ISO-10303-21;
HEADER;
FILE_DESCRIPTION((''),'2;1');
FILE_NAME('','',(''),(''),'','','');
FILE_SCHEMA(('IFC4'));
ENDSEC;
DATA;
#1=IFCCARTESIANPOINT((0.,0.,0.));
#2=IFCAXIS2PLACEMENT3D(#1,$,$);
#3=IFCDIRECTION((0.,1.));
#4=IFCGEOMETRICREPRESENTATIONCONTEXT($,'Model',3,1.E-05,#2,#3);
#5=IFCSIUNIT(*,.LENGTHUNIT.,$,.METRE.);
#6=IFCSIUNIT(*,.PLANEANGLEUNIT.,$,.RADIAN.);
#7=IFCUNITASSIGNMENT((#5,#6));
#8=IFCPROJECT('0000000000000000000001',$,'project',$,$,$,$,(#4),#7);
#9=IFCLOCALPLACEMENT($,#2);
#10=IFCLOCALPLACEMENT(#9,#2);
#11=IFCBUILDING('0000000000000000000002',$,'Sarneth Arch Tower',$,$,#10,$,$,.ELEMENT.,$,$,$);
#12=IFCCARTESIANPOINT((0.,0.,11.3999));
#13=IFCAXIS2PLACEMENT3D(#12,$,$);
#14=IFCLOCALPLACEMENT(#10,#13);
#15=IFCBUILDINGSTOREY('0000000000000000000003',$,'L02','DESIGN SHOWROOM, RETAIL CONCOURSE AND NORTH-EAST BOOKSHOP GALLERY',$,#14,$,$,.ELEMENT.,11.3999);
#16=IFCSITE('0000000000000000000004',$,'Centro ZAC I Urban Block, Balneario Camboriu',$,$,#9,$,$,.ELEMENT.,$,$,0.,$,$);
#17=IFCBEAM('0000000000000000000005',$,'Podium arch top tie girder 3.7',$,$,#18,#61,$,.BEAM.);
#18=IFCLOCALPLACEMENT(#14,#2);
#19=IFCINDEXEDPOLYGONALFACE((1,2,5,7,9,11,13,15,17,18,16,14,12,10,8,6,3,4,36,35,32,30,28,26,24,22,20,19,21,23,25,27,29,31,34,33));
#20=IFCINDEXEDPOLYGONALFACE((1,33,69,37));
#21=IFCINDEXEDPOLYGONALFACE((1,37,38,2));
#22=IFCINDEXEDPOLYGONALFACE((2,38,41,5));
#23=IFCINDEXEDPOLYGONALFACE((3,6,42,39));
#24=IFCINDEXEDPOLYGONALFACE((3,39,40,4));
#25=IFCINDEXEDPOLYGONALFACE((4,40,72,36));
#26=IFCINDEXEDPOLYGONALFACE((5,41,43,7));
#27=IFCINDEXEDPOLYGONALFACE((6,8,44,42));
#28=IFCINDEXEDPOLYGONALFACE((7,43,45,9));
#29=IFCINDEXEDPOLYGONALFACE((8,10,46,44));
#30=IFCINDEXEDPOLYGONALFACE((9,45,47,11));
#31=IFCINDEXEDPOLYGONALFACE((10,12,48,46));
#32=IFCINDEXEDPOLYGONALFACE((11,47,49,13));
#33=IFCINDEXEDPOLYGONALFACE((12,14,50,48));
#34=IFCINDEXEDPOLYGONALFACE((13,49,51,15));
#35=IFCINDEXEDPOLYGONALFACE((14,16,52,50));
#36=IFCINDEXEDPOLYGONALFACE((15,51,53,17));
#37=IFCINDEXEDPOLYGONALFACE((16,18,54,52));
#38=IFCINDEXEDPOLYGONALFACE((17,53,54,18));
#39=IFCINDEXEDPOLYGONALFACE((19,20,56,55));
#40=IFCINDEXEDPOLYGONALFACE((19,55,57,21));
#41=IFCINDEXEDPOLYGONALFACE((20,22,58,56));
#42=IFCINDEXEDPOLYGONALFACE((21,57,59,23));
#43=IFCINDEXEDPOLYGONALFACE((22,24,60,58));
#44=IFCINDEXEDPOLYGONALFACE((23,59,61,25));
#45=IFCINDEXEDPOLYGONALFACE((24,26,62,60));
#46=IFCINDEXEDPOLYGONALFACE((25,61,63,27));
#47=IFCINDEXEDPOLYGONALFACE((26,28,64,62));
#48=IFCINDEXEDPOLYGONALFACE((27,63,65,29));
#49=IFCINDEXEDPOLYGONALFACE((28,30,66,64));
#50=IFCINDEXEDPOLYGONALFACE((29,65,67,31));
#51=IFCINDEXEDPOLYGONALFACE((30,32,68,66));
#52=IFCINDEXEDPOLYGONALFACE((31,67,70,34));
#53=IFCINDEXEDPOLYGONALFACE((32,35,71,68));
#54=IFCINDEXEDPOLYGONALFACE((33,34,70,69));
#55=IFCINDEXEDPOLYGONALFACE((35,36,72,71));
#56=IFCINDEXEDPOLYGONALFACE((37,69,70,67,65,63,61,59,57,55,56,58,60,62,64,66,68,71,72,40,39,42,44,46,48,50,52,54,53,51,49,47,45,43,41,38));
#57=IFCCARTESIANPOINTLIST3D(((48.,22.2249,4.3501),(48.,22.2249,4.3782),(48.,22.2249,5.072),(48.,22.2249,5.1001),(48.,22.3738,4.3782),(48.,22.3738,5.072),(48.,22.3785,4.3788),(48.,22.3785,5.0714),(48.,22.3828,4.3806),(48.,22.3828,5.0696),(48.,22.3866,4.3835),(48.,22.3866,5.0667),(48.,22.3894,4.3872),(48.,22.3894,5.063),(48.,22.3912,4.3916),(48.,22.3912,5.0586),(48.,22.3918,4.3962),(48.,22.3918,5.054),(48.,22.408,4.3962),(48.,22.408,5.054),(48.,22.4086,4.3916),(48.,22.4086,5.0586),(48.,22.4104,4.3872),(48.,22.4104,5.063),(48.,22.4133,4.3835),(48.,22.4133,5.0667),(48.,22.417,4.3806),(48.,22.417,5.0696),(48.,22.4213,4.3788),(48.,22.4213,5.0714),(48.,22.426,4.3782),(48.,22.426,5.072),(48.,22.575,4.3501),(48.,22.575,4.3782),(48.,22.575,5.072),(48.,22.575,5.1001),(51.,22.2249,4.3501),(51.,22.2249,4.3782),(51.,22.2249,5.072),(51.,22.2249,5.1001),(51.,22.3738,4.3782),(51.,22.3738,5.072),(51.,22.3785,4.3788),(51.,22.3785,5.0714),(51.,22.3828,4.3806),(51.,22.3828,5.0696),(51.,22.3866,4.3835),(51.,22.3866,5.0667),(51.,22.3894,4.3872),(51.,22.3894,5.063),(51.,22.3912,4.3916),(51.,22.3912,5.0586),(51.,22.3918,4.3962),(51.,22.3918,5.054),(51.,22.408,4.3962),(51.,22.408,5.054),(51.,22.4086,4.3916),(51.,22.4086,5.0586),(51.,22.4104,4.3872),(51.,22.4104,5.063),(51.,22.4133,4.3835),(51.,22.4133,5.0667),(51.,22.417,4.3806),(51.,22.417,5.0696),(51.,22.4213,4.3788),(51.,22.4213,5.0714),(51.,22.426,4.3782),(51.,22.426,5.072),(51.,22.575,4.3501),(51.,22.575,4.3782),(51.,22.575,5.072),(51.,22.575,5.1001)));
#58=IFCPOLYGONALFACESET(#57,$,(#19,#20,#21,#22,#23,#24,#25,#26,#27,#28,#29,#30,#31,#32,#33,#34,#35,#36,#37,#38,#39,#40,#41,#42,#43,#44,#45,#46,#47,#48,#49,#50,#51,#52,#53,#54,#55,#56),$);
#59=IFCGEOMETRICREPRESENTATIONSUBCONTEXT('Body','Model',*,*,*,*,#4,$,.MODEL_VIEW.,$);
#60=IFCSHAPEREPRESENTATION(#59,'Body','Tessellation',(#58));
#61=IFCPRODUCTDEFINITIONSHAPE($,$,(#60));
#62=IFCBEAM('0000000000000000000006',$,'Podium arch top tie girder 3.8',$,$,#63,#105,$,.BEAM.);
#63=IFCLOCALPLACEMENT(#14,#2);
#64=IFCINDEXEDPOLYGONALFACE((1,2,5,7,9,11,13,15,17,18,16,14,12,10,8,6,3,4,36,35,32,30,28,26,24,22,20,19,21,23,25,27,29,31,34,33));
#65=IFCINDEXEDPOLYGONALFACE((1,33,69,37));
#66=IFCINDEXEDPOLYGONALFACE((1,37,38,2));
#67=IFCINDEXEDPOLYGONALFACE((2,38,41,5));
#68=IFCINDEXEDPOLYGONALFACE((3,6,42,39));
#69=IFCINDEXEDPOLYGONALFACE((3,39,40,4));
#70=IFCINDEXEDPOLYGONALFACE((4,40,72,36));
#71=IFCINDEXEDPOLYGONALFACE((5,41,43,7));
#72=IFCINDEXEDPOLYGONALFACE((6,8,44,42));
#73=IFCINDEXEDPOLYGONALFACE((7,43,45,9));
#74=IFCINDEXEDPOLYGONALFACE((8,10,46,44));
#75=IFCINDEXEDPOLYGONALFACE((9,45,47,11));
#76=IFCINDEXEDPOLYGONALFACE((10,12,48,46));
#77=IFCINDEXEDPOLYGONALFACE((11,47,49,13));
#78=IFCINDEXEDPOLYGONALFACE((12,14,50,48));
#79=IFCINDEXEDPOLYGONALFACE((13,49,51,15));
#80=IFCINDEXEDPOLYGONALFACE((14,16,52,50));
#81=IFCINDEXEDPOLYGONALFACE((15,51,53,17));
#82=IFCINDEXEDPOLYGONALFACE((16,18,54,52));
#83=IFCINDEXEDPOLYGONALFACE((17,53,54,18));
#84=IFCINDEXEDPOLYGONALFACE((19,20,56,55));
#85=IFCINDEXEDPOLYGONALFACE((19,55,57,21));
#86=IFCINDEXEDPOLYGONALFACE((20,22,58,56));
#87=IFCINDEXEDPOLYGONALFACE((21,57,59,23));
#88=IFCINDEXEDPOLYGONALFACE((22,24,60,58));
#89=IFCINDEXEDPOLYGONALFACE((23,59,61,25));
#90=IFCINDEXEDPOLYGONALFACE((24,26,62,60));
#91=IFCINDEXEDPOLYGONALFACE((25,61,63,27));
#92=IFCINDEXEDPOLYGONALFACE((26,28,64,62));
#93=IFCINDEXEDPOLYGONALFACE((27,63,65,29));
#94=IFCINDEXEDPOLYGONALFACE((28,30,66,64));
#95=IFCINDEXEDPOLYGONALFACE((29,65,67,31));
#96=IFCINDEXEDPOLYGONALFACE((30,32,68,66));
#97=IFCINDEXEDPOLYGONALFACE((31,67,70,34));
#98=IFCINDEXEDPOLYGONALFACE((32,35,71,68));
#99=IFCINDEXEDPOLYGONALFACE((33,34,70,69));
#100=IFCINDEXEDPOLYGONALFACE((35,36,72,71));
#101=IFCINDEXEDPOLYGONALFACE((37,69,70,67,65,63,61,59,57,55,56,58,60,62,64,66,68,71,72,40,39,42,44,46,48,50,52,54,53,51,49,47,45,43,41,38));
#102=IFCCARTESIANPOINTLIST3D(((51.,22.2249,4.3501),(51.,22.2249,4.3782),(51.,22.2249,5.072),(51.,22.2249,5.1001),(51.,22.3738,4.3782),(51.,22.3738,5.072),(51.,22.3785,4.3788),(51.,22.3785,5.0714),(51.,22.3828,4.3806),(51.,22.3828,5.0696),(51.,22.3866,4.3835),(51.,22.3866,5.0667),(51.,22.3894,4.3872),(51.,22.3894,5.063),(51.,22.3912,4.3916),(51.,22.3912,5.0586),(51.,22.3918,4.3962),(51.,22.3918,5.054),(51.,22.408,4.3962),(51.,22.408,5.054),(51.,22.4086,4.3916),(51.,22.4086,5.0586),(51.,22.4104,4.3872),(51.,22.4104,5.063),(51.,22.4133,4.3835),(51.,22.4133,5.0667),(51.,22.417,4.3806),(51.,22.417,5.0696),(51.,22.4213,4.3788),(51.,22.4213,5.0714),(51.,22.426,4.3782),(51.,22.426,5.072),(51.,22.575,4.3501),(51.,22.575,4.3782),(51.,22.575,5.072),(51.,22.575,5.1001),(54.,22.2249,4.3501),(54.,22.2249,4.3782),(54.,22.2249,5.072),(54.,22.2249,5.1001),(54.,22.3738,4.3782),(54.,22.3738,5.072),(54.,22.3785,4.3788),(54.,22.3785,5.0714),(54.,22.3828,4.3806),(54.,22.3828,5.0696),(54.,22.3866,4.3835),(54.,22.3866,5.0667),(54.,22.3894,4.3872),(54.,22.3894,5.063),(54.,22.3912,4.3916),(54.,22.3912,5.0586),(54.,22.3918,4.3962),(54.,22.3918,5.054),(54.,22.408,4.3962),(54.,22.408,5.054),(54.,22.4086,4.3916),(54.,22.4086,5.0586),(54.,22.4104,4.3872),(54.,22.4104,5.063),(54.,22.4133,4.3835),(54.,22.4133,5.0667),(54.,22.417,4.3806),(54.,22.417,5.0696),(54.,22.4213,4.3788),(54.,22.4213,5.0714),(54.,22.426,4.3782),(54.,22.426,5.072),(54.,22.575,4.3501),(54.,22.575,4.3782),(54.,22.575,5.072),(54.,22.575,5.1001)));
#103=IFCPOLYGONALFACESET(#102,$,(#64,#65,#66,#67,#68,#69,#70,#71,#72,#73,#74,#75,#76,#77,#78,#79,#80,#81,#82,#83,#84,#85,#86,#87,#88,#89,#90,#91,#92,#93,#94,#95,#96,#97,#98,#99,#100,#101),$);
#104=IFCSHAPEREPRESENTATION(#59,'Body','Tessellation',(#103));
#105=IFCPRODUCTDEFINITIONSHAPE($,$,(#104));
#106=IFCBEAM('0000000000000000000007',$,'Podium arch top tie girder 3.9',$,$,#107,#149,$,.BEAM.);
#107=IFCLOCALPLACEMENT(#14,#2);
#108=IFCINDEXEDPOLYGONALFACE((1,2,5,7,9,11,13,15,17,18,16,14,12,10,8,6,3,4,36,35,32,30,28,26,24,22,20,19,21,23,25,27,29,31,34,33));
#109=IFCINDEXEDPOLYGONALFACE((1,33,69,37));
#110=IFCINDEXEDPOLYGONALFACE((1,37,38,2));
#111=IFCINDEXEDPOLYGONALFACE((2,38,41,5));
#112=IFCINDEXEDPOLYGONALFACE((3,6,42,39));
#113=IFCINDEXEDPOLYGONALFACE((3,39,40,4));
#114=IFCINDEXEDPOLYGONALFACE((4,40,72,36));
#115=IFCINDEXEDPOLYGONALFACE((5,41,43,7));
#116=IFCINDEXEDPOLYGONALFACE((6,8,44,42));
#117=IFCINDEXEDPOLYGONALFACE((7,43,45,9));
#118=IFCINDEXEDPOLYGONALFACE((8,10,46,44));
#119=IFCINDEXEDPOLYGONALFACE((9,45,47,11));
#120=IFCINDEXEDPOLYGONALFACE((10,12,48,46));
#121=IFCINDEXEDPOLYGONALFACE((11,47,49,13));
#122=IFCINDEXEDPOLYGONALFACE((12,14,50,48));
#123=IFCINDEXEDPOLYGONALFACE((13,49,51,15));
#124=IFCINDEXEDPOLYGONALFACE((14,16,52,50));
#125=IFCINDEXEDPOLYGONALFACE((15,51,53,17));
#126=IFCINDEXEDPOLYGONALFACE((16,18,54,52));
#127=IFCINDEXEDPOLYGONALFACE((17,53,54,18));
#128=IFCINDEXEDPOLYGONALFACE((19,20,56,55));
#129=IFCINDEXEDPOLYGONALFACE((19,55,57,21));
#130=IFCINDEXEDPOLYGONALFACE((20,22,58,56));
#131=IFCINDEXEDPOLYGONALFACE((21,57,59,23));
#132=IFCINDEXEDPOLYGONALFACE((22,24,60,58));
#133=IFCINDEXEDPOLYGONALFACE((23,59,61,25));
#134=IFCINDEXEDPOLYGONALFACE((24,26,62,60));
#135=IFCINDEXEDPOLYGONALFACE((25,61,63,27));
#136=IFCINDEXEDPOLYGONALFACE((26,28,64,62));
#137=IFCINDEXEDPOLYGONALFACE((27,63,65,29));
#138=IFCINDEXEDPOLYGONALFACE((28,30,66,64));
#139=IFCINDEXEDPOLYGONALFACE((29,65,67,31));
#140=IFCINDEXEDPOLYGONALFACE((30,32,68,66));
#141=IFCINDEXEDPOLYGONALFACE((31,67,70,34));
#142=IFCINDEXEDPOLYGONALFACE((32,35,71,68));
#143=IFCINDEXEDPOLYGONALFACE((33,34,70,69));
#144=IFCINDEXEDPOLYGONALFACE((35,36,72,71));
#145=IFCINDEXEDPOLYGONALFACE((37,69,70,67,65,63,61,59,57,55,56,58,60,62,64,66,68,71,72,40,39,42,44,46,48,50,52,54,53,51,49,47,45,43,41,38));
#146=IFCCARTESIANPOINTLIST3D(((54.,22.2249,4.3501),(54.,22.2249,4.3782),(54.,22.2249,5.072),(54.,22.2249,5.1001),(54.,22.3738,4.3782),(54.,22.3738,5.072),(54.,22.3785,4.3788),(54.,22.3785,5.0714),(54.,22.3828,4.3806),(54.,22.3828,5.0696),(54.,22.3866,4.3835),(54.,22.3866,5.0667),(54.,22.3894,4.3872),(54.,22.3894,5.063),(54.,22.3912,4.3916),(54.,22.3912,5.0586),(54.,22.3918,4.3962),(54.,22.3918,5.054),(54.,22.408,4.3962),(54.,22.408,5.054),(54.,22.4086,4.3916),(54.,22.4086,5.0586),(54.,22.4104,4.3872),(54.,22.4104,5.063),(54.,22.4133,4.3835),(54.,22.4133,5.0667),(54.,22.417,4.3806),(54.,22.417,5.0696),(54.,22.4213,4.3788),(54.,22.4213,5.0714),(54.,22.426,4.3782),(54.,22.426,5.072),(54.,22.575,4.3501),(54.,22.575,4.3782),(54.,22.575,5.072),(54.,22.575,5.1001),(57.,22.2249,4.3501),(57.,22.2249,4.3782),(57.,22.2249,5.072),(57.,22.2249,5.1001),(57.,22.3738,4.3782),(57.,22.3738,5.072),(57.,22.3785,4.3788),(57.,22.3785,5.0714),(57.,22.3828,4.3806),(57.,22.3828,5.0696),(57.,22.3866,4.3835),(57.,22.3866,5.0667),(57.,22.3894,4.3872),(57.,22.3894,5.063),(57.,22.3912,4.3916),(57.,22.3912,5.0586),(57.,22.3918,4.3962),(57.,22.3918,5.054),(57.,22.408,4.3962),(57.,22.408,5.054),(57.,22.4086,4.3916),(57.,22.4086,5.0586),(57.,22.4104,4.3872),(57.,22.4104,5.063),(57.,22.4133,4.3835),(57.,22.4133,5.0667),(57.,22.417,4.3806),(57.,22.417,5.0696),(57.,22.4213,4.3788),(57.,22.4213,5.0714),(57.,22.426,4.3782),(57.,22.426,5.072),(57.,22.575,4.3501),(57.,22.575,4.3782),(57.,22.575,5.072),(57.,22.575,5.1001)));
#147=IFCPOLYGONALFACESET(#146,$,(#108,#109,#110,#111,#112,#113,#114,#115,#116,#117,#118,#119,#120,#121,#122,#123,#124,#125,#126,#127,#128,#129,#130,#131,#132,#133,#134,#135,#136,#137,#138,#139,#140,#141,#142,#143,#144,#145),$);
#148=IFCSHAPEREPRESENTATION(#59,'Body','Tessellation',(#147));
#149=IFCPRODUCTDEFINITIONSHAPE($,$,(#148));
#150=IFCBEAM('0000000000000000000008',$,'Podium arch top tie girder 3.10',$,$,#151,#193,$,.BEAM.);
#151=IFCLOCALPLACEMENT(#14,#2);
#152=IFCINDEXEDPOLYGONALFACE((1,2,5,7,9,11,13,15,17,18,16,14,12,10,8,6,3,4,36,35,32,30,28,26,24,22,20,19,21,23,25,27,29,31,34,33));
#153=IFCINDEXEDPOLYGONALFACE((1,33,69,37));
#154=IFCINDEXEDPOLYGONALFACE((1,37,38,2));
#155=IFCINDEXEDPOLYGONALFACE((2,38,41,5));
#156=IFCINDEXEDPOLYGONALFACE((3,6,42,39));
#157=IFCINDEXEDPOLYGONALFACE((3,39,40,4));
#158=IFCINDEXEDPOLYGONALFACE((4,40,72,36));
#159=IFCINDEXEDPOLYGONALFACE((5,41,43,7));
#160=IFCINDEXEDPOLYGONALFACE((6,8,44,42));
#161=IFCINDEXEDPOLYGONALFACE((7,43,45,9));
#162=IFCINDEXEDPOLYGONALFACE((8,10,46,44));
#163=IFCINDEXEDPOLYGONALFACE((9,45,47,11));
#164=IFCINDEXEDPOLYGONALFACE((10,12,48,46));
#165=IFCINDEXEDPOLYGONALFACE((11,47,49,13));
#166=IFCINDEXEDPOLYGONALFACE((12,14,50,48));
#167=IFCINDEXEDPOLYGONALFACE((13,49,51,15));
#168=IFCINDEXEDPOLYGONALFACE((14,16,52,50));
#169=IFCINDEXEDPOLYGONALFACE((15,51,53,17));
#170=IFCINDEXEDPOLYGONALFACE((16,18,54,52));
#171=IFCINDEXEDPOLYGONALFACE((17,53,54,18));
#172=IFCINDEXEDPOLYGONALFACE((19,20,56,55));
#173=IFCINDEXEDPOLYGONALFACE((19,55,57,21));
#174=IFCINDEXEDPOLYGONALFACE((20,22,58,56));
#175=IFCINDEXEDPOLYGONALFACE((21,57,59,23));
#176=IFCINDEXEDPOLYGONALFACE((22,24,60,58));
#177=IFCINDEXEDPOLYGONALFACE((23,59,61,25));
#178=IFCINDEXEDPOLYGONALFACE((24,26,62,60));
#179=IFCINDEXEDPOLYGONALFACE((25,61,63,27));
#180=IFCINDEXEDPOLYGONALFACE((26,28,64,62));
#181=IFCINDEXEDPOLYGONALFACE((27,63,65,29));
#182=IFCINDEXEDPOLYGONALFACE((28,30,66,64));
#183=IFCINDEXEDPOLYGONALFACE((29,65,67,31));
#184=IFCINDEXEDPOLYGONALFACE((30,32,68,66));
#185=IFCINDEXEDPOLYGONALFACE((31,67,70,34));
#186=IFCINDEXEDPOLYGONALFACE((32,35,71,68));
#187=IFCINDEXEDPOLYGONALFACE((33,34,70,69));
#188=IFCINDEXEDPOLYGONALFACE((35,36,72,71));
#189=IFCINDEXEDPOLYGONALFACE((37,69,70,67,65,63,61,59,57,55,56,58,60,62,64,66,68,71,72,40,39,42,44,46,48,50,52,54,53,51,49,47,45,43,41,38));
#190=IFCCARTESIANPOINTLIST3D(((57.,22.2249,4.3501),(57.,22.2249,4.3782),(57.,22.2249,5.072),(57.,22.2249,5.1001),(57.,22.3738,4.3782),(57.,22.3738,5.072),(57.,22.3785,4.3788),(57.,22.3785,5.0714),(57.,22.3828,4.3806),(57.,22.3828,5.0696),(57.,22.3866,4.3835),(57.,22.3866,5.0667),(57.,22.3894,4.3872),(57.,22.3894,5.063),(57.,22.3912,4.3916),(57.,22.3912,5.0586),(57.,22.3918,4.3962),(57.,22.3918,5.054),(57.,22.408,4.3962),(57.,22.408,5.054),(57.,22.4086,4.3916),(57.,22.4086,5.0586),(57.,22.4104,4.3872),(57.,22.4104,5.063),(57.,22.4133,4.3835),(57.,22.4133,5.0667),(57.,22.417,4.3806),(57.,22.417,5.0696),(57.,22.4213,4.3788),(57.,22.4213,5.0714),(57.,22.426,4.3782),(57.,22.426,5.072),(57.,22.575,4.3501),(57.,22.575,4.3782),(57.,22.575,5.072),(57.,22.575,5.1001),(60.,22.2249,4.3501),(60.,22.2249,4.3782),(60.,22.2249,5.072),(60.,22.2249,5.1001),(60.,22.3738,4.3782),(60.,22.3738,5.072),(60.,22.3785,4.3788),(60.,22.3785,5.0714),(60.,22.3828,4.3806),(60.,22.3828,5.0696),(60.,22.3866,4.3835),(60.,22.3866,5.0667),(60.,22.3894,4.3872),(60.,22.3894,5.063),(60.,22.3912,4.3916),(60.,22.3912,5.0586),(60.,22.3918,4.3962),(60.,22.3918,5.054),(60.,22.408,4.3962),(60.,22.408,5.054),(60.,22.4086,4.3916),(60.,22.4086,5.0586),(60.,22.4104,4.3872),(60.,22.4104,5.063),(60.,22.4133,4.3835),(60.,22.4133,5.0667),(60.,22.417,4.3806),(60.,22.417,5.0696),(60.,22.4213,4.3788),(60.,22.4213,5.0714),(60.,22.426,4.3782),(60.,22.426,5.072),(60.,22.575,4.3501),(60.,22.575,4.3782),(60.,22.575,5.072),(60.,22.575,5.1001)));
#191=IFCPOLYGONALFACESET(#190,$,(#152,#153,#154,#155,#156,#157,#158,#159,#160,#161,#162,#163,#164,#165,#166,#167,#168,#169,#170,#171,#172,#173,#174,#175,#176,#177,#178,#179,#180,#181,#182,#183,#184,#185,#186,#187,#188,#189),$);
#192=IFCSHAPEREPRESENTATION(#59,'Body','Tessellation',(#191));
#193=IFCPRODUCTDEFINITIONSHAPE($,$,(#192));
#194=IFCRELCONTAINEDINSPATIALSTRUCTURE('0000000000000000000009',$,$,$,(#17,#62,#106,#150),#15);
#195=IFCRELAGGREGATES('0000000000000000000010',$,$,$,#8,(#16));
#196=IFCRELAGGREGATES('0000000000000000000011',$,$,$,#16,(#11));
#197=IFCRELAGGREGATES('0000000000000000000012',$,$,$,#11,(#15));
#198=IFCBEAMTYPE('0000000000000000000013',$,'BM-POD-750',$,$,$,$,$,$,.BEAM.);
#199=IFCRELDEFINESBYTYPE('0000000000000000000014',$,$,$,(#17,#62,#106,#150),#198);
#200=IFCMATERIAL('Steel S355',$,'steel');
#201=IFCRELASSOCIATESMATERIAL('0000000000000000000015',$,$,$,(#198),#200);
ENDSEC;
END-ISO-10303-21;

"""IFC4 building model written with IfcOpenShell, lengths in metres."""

from ifc_helpers import new_model, si_unit, direction, frame, origin, origin_2d, place, context, subcontext, project, spatial, i_section, extrude, material, material_profile, profile_set, type_object, element, save


model = new_model("IFC4")

# Units and contexts
model_context = context("Model", 3, precision=1e-05, world=origin(), true_north=direction((0.0, 1.0)))
body_context = subcontext(model_context, "Body", "Model", "MODEL_VIEW")
ifc_project = project(units=[si_unit("LENGTHUNIT", "METRE"), si_unit("PLANEANGLEUNIT", "RADIAN")], contexts=[model_context])

# Site, building, storey
site_placement = place(None, origin())
site = spatial("IfcSite", under=ifc_project, at=site_placement, Name="Centro ZAC I Urban Block, Balneario Camboriu", CompositionType="ELEMENT", RefElevation=0.0)
building_placement = place(site_placement, origin())
building = spatial("IfcBuilding", under=site, at=building_placement, Name="Sarneth Arch Tower", CompositionType="ELEMENT")
storey_placement = place(building_placement, frame((0.0, 0.0, 11.3999)))
storey = spatial("IfcBuildingStorey", under=building, at=storey_placement, Name="L02", Description="DESIGN SHOWROOM, RETAIL CONCOURSE AND NORTH-EAST BOOKSHOP GALLERY", CompositionType="ELEMENT", Elevation=11.3999)

# Beams
ifc_material_1 = material(Name="Steel S355", Category="steel")
ifc_material_profile_1 = material_profile(ifc_material_1, i_section(OverallWidth=0.3501, OverallDepth=0.75, WebThickness=0.0161, FlangeThickness=0.0281, FilletRadius=0.0181, at=origin_2d()), Name="CVS750x268")
ifc_profile_set_1 = profile_set([ifc_material_profile_1], Name="Steel S355")
beam_type = type_object("IfcBeamType", Name="BM-POD-750", PredefinedType="BEAM", material=ifc_profile_set_1)
for number, where, z_axis, x_axis, name in (
    (1, (48.0, 22.3999, 4.7251), (1.0, 0.0, 0.0), (0.0, 1.0, 0.0), "Podium arch top tie girder 3.7"),
    (2, (51.0, 22.3999, 4.7251), (1.0, 0.0, 0.0), (0.0, 1.0, 0.0), "Podium arch top tie girder 3.8"),
    (3, (54.0, 22.3999, 4.7251), (1.0, 0.0, 0.0), (0.0, 1.0, 0.0), "Podium arch top tie girder 3.9"),
    (4, (57.0, 22.3999, 4.7251), (1.0, 0.0, 0.0), (0.0, 1.0, 0.0), "Podium arch top tie girder 3.10"),
):
    element("IfcBeam", number, at=place(storey_placement, frame(where, z_axis=z_axis, x_axis=x_axis)), inside=storey, type_object=beam_type, Name=name, PredefinedType="BEAM", context=body_context, shape_type="SweptSolid", body=[
        extrude(i_section(OverallWidth=0.3501, OverallDepth=0.75, WebThickness=0.0161, FlangeThickness=0.0281, FilletRadius=0.0181, at=origin_2d()), origin(), (0.0, 0.0, 1.0), 3.0),
    ])

save(model, "model.ifc")
